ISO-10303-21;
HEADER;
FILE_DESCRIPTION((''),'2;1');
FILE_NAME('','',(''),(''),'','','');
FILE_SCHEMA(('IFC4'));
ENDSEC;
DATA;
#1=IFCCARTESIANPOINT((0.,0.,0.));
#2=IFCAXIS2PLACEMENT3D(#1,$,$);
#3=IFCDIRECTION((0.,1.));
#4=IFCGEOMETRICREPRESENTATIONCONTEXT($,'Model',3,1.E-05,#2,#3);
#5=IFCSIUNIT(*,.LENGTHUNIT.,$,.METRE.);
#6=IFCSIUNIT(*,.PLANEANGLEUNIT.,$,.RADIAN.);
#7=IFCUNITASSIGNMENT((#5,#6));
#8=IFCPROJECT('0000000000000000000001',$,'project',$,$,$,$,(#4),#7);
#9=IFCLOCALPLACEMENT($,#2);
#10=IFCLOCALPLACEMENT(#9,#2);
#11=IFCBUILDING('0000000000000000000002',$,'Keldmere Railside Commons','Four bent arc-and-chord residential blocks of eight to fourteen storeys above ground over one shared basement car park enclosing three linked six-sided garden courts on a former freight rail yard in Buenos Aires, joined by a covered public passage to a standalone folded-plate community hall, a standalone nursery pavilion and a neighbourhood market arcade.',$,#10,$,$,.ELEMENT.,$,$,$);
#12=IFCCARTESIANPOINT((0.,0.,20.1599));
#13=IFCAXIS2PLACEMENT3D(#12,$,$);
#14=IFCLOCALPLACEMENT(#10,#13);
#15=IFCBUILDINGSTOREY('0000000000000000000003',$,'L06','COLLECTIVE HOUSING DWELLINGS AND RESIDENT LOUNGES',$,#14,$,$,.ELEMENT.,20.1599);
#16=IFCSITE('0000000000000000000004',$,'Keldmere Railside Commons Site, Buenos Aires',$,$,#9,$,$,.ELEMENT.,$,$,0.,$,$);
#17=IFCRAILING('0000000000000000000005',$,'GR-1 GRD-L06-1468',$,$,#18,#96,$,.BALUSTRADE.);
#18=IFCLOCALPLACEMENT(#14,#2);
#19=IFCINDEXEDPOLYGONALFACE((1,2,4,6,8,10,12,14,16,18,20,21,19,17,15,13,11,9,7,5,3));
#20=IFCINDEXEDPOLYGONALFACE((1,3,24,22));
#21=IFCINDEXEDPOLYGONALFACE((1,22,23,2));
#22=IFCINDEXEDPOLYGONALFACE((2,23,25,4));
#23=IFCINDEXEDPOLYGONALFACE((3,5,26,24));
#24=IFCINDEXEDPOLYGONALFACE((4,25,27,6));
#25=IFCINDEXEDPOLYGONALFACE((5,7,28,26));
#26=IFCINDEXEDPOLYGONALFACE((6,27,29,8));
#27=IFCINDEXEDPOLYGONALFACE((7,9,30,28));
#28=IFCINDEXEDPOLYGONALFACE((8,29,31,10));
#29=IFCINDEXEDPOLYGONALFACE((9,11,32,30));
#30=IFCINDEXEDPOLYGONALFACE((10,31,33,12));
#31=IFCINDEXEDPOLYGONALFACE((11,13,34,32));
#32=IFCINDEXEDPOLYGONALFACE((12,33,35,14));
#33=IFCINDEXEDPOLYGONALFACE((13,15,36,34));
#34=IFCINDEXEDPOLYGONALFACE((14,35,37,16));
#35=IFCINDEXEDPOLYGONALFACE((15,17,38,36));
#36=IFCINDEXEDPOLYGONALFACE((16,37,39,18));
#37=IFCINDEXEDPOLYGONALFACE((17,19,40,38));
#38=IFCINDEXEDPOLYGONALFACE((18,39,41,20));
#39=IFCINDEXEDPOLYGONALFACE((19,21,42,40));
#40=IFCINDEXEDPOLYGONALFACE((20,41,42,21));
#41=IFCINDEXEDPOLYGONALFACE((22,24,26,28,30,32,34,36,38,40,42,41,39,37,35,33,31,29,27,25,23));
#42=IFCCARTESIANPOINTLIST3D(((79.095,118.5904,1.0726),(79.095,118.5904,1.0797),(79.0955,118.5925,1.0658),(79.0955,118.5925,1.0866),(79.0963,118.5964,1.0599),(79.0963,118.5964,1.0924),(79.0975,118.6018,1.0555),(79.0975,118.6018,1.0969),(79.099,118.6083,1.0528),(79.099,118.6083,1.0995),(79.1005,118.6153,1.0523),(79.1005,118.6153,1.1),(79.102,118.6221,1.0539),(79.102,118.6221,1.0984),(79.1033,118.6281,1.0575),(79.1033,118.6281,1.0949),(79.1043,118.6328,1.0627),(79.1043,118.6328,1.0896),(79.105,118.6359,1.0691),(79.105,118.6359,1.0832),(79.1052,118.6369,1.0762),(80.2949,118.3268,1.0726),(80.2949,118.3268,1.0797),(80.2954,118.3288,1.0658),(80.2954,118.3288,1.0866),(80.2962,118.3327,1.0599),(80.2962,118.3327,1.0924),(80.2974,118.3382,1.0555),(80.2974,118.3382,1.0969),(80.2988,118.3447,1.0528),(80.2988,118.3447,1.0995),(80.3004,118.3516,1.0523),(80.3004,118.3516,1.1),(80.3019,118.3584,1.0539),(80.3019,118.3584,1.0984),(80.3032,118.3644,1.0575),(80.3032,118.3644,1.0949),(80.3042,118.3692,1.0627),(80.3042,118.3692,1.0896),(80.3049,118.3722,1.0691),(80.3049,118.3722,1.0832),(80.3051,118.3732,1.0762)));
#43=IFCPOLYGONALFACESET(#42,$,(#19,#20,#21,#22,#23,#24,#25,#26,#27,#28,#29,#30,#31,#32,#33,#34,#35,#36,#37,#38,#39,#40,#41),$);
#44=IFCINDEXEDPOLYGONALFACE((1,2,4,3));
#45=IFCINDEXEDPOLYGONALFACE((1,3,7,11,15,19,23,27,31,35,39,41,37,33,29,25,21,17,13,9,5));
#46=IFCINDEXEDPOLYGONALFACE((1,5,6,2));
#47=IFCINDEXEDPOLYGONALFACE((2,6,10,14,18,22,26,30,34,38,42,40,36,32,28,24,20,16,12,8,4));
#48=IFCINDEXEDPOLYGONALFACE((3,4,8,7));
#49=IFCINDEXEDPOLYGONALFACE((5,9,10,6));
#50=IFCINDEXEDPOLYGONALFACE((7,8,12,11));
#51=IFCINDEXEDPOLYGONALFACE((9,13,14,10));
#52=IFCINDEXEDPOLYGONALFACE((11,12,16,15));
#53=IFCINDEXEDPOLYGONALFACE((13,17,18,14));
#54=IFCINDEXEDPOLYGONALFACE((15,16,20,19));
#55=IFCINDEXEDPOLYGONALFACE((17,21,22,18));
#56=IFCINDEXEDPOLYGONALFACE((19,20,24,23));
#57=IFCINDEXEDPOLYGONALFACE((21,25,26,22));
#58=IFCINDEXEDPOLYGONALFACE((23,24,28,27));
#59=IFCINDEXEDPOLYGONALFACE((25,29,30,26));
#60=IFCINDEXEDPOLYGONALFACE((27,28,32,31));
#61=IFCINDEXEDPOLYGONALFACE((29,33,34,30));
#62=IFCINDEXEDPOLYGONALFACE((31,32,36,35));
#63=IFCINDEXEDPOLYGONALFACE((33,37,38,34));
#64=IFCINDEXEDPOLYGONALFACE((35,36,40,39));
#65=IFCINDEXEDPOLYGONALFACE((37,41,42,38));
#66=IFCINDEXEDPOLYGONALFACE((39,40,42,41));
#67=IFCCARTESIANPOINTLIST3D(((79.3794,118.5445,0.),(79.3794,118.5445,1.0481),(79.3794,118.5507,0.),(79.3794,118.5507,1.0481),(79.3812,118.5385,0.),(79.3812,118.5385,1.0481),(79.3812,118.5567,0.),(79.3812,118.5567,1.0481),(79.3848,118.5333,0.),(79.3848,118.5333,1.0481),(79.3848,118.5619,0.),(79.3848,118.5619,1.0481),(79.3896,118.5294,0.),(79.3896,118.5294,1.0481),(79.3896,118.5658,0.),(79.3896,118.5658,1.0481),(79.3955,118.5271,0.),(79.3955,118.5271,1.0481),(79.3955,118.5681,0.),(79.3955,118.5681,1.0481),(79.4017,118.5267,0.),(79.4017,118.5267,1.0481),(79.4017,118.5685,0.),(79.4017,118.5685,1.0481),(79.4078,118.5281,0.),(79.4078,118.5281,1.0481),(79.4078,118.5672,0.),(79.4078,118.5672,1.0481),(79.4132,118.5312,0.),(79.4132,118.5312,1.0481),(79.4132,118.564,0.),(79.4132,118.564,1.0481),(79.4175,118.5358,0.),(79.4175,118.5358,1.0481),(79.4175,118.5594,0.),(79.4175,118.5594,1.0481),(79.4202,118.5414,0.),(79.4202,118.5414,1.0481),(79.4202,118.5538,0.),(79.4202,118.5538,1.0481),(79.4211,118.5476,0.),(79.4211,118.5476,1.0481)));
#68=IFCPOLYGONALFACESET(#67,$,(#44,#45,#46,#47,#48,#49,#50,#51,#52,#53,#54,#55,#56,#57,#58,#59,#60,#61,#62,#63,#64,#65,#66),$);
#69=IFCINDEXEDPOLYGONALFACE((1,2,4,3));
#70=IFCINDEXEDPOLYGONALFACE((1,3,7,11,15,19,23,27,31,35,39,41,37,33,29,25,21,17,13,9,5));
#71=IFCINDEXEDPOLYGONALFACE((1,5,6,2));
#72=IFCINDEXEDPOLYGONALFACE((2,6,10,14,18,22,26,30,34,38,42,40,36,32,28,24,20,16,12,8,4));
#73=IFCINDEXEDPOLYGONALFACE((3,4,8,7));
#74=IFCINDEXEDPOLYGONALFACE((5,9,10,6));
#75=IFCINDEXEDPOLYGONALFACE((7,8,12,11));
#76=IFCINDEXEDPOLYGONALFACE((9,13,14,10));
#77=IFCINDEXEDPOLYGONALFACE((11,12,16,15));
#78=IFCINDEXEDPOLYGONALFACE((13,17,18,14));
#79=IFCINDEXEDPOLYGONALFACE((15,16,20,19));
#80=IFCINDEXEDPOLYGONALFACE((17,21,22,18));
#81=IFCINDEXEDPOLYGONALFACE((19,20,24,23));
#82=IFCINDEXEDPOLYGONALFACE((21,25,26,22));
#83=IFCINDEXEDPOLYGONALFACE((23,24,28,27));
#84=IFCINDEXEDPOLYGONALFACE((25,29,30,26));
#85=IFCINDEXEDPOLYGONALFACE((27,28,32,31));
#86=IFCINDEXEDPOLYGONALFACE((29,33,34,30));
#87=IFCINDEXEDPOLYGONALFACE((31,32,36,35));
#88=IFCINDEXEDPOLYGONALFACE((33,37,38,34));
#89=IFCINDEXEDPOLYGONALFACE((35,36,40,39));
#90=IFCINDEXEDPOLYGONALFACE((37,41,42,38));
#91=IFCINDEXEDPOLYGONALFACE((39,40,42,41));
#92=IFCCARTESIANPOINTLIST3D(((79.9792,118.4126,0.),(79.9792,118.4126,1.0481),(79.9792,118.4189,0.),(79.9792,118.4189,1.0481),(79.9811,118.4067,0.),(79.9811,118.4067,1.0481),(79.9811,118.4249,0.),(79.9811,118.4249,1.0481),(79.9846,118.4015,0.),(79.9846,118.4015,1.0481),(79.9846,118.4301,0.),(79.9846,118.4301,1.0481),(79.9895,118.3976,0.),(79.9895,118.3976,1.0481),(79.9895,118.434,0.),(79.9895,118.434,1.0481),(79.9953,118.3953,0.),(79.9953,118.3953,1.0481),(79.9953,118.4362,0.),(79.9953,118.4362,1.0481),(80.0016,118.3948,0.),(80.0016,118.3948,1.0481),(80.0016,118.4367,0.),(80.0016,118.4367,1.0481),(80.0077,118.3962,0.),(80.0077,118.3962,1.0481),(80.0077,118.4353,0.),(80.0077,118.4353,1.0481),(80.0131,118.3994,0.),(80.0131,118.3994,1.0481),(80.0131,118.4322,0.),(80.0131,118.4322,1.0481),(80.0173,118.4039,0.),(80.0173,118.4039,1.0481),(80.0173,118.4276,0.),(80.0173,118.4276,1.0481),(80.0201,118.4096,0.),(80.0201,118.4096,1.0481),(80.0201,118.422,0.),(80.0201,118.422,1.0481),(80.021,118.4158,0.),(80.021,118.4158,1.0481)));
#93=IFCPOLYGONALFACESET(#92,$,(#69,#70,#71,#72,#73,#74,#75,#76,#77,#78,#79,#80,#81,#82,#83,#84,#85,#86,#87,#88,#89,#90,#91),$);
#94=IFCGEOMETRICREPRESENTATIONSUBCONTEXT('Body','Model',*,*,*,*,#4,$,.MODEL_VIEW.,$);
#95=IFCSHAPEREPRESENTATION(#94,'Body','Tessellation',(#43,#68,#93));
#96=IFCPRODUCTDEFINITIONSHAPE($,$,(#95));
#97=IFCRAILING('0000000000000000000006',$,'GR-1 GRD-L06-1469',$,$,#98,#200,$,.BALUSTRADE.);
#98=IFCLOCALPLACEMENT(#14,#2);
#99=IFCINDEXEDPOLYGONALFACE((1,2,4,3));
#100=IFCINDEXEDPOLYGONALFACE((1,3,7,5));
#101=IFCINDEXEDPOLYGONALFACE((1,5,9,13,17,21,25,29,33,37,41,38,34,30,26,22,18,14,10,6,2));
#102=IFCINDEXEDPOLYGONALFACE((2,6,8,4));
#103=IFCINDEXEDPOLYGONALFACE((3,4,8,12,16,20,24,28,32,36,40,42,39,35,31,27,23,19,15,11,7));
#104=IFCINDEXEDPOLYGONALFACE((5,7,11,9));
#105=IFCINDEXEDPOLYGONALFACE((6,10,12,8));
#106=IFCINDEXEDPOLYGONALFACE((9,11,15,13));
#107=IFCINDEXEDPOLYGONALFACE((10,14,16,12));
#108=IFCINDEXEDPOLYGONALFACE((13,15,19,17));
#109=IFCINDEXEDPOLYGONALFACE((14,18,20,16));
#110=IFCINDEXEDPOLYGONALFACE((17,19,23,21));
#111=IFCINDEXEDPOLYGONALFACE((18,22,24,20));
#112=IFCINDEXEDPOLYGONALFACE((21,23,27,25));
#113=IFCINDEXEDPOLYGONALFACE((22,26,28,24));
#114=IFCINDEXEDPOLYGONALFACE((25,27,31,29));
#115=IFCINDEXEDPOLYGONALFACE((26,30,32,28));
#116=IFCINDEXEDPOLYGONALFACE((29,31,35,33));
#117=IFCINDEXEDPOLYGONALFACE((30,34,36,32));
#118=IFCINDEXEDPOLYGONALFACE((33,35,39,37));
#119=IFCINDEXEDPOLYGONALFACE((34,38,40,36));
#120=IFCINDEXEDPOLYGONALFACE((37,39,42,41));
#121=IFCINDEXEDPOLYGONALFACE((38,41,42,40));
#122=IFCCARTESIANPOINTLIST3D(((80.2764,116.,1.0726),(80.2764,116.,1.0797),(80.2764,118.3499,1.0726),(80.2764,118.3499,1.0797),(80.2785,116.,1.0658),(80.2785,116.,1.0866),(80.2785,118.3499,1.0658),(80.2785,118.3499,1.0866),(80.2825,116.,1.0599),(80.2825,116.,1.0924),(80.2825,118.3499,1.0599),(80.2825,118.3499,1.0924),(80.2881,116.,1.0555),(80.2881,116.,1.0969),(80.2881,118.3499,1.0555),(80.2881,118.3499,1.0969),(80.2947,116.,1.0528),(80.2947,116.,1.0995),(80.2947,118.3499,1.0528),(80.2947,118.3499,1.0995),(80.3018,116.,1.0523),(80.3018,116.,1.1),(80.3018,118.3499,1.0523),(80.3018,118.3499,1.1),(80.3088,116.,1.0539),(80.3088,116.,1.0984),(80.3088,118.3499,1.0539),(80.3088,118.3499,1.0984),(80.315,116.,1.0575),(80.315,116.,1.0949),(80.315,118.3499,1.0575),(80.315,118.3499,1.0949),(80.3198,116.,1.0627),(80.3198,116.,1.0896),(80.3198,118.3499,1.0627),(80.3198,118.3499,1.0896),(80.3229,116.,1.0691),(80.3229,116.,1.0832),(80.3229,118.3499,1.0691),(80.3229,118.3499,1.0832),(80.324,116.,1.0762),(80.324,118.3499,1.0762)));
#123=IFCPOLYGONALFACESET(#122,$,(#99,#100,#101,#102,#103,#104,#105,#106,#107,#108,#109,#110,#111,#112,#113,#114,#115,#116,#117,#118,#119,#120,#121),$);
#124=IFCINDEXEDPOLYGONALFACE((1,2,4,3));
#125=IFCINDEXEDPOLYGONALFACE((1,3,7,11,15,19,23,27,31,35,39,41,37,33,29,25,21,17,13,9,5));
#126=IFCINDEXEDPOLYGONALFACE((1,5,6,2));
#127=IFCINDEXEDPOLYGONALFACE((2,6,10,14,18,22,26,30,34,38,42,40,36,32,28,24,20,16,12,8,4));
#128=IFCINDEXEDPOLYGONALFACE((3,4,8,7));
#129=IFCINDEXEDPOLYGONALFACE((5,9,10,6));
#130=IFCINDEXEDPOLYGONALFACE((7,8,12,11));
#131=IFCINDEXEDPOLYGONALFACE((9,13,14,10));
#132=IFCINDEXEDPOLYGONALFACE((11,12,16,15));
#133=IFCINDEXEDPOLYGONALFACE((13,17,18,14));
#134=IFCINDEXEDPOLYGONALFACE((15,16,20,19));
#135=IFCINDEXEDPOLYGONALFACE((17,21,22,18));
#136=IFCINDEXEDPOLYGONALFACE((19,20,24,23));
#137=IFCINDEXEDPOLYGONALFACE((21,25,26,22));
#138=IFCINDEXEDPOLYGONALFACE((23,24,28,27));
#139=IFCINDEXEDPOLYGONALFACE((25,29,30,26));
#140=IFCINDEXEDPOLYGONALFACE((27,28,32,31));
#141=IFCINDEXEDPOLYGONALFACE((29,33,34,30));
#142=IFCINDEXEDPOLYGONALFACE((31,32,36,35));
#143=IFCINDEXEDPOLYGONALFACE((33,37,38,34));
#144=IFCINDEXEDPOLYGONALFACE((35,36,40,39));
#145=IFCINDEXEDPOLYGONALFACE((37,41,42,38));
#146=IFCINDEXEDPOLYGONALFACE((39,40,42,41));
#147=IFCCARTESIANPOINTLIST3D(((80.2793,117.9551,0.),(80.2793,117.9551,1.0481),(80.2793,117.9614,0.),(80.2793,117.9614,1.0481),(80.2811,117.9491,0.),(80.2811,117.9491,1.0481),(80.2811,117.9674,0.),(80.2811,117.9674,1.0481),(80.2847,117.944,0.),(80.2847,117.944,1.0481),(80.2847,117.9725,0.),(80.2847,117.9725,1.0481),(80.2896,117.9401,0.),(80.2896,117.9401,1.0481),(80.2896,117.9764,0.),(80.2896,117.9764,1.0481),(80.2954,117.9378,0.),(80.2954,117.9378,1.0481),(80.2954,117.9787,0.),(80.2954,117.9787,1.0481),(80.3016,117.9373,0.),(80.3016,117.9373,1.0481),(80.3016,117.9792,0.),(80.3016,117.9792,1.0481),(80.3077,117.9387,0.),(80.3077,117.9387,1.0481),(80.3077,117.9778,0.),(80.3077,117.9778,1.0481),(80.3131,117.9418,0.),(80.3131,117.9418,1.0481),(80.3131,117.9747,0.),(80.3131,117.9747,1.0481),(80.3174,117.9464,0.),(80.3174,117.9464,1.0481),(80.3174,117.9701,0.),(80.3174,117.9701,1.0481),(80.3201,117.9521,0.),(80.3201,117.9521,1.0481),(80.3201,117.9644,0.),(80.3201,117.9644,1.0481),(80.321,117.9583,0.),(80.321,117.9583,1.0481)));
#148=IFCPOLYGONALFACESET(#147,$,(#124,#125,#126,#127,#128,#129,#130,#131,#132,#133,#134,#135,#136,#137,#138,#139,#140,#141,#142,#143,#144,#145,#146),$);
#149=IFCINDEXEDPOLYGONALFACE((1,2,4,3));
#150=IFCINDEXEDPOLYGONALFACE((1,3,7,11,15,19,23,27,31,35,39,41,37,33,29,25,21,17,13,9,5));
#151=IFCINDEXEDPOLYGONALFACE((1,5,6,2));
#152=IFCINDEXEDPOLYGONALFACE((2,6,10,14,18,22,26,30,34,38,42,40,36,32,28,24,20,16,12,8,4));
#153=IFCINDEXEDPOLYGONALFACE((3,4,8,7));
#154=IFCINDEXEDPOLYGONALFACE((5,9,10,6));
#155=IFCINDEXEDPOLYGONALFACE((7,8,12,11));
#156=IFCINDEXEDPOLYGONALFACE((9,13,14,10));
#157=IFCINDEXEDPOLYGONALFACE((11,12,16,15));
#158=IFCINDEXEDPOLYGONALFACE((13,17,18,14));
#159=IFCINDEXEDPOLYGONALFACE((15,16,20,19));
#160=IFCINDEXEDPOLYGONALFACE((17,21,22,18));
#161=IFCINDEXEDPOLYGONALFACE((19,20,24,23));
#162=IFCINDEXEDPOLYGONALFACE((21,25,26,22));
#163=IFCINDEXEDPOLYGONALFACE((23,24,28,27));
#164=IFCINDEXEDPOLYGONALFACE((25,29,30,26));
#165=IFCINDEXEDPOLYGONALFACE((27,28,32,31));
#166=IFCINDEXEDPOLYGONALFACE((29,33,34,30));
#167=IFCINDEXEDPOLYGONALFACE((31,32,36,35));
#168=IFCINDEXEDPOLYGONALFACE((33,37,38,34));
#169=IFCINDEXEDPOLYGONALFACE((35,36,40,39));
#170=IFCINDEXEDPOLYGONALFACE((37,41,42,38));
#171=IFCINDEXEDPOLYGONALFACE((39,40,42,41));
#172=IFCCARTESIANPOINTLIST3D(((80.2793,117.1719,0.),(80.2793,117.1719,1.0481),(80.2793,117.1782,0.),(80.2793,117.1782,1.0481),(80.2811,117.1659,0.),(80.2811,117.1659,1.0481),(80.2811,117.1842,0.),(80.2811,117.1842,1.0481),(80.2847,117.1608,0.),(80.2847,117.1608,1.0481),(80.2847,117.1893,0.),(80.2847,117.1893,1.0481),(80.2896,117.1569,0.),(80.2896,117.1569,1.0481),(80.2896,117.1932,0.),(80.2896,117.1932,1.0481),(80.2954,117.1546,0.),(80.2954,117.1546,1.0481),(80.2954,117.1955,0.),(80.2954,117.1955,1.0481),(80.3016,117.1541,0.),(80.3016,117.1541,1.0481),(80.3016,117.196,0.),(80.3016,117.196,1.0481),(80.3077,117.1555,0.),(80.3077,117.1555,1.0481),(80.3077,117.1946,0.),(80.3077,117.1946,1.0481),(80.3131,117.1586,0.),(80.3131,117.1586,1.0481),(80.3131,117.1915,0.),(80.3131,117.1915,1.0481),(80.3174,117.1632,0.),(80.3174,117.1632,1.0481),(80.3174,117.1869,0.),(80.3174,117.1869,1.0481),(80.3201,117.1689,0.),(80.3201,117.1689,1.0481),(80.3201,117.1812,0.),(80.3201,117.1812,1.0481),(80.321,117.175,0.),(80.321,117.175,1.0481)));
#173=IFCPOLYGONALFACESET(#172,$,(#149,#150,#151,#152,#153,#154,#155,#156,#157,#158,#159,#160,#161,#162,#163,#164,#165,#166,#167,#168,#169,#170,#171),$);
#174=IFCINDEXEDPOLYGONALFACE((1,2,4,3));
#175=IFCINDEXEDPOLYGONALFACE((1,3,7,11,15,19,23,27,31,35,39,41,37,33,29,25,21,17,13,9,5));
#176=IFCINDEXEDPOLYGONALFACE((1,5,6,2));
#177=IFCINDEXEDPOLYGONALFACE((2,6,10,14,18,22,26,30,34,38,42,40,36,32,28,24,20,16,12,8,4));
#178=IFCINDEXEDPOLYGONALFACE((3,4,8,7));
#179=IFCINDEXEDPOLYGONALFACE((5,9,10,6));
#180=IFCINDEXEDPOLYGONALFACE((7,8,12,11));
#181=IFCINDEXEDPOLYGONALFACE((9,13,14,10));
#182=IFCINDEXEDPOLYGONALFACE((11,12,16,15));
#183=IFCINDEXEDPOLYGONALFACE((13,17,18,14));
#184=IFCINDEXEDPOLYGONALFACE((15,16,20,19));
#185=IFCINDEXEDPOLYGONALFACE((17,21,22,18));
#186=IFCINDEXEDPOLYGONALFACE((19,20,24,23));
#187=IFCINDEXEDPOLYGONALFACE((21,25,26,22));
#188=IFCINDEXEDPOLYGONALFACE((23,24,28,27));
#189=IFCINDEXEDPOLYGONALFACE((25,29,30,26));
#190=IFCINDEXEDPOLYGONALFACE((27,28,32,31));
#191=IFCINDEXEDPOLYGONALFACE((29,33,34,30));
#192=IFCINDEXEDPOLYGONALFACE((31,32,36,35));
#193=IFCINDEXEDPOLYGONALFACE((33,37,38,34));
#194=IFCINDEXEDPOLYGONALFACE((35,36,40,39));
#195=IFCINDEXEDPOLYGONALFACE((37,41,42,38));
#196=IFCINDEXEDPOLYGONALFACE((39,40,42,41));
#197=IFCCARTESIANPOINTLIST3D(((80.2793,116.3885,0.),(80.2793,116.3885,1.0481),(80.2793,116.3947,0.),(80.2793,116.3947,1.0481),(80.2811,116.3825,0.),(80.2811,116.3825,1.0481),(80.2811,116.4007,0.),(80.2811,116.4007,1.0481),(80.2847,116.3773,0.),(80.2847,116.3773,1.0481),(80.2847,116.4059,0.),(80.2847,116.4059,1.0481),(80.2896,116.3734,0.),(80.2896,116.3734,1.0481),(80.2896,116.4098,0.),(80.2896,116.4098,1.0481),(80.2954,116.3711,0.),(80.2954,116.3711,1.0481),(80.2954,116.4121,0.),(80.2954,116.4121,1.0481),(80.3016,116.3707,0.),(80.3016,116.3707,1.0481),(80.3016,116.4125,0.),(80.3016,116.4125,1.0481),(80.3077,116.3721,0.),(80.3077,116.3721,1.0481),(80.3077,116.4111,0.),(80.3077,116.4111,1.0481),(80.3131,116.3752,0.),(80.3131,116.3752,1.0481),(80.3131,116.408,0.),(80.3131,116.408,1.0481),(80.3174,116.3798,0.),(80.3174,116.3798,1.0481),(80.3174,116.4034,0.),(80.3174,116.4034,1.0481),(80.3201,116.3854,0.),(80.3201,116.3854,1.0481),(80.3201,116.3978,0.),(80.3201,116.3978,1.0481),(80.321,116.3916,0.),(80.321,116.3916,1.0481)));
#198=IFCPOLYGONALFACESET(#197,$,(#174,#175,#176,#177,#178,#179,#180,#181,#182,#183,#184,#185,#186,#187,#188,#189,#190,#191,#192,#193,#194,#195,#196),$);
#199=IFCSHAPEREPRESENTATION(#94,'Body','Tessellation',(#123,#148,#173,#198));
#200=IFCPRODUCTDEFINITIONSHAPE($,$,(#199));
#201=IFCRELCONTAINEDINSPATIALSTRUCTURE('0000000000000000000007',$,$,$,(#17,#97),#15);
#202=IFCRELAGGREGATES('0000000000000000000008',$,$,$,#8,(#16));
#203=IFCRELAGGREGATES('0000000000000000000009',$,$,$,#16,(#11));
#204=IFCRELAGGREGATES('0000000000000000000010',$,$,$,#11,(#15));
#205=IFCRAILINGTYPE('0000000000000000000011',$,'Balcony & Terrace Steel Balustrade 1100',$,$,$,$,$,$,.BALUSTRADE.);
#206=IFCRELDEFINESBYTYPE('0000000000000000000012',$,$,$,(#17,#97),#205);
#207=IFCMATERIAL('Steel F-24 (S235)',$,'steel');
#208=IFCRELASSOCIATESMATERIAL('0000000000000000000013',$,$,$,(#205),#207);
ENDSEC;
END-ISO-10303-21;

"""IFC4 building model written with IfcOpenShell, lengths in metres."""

from ifc_helpers import new_model, si_unit, direction, frame, origin, origin_2d, place, context, subcontext, project, spatial, circle, extrude, material, type_object, element, save


model = new_model("IFC4")

# Units and contexts
model_context = context("Model", 3, precision=1e-05, world=origin(), true_north=direction((0.0, 1.0)))
body_context = subcontext(model_context, "Body", "Model", "MODEL_VIEW")
ifc_project = project(units=[si_unit("LENGTHUNIT", "METRE"), si_unit("PLANEANGLEUNIT", "RADIAN")], contexts=[model_context])

# Site, building, storey
site_placement = place(None, origin())
site = spatial("IfcSite", under=ifc_project, at=site_placement, Name="Keldmere Railside Commons Site, Buenos Aires", CompositionType="ELEMENT", RefElevation=0.0)
building_placement = place(site_placement, origin())
building = spatial("IfcBuilding", under=site, at=building_placement, Name="Keldmere Railside Commons", Description="Four bent arc-and-chord residential blocks of eight to fourteen storeys above ground over one shared basement car park enclosing three linked six-sided garden courts on a former freight rail yard in Buenos Aires, joined by a covered public passage to a standalone folded-plate community hall, a standalone nursery pavilion and a neighbourhood market arcade.", CompositionType="ELEMENT")
storey_placement = place(building_placement, frame((0.0, 0.0, 20.1599)))
storey = spatial("IfcBuildingStorey", under=building, at=storey_placement, Name="L06", Description="COLLECTIVE HOUSING DWELLINGS AND RESIDENT LOUNGES", CompositionType="ELEMENT", Elevation=20.1599)

# Shared definitions
ifc_material_1 = material(Name="Steel F-24 (S235)", Category="steel")

# Railings
railing_type_1 = type_object("IfcRailingType", Name="Balcony & Terrace Steel Balustrade 1100", PredefinedType="BALUSTRADE", material=ifc_material_1)
railing_1_placement = place(storey_placement, frame((79.1001, 118.6135, 0.0)))
element("IfcRailing", 1, at=railing_1_placement, inside=storey, type_object=railing_type_1, Name="GR-1 GRD-L06-1468", PredefinedType="BALUSTRADE", context=body_context, shape_type="SweptSolid", body=[
    extrude(circle(Radius=0.0239, at=origin_2d()), frame((0.0, 0.0, 1.0762), z_axis=(0.976699, -0.214615, 0.0), x_axis=(0.214615, 0.976699, 0.0)), (0.0, 0.0, 1.0), 1.2285),
    extrude(circle(Radius=0.021, at=origin_2d()), frame((0.3, -0.0659, 0.0)), (0.0, 0.0, 1.0), 1.0481),
    extrude(circle(Radius=0.021, at=origin_2d()), frame((0.8999, -0.1978, 0.0)), (0.0, 0.0, 1.0), 1.0481),
])
railing_2_placement = place(storey_placement, frame((80.3, 118.3499, 0.0)))
element("IfcRailing", 2, at=railing_2_placement, inside=storey, type_object=railing_type_1, Name="GR-1 GRD-L06-1469", PredefinedType="BALUSTRADE", context=body_context, shape_type="SweptSolid", body=[
    extrude(circle(Radius=0.0239, at=origin_2d()), frame((0.0, 0.0, 1.0762), z_axis=(0.0, -1.0, 0.0), x_axis=(1.0, 0.0, 0.0)), (0.0, 0.0, 1.0), 2.3499),
    extrude(circle(Radius=0.021, at=origin_2d()), frame((0.0, -0.3916, 0.0)), (0.0, 0.0, 1.0), 1.0481),
    extrude(circle(Radius=0.021, at=origin_2d()), frame((0.0, -1.1748, 0.0)), (0.0, 0.0, 1.0), 1.0481),
    extrude(circle(Radius=0.021, at=origin_2d()), frame((0.0, -1.9583, 0.0)), (0.0, 0.0, 1.0), 1.0481),
])

save(model, "model.ifc")
